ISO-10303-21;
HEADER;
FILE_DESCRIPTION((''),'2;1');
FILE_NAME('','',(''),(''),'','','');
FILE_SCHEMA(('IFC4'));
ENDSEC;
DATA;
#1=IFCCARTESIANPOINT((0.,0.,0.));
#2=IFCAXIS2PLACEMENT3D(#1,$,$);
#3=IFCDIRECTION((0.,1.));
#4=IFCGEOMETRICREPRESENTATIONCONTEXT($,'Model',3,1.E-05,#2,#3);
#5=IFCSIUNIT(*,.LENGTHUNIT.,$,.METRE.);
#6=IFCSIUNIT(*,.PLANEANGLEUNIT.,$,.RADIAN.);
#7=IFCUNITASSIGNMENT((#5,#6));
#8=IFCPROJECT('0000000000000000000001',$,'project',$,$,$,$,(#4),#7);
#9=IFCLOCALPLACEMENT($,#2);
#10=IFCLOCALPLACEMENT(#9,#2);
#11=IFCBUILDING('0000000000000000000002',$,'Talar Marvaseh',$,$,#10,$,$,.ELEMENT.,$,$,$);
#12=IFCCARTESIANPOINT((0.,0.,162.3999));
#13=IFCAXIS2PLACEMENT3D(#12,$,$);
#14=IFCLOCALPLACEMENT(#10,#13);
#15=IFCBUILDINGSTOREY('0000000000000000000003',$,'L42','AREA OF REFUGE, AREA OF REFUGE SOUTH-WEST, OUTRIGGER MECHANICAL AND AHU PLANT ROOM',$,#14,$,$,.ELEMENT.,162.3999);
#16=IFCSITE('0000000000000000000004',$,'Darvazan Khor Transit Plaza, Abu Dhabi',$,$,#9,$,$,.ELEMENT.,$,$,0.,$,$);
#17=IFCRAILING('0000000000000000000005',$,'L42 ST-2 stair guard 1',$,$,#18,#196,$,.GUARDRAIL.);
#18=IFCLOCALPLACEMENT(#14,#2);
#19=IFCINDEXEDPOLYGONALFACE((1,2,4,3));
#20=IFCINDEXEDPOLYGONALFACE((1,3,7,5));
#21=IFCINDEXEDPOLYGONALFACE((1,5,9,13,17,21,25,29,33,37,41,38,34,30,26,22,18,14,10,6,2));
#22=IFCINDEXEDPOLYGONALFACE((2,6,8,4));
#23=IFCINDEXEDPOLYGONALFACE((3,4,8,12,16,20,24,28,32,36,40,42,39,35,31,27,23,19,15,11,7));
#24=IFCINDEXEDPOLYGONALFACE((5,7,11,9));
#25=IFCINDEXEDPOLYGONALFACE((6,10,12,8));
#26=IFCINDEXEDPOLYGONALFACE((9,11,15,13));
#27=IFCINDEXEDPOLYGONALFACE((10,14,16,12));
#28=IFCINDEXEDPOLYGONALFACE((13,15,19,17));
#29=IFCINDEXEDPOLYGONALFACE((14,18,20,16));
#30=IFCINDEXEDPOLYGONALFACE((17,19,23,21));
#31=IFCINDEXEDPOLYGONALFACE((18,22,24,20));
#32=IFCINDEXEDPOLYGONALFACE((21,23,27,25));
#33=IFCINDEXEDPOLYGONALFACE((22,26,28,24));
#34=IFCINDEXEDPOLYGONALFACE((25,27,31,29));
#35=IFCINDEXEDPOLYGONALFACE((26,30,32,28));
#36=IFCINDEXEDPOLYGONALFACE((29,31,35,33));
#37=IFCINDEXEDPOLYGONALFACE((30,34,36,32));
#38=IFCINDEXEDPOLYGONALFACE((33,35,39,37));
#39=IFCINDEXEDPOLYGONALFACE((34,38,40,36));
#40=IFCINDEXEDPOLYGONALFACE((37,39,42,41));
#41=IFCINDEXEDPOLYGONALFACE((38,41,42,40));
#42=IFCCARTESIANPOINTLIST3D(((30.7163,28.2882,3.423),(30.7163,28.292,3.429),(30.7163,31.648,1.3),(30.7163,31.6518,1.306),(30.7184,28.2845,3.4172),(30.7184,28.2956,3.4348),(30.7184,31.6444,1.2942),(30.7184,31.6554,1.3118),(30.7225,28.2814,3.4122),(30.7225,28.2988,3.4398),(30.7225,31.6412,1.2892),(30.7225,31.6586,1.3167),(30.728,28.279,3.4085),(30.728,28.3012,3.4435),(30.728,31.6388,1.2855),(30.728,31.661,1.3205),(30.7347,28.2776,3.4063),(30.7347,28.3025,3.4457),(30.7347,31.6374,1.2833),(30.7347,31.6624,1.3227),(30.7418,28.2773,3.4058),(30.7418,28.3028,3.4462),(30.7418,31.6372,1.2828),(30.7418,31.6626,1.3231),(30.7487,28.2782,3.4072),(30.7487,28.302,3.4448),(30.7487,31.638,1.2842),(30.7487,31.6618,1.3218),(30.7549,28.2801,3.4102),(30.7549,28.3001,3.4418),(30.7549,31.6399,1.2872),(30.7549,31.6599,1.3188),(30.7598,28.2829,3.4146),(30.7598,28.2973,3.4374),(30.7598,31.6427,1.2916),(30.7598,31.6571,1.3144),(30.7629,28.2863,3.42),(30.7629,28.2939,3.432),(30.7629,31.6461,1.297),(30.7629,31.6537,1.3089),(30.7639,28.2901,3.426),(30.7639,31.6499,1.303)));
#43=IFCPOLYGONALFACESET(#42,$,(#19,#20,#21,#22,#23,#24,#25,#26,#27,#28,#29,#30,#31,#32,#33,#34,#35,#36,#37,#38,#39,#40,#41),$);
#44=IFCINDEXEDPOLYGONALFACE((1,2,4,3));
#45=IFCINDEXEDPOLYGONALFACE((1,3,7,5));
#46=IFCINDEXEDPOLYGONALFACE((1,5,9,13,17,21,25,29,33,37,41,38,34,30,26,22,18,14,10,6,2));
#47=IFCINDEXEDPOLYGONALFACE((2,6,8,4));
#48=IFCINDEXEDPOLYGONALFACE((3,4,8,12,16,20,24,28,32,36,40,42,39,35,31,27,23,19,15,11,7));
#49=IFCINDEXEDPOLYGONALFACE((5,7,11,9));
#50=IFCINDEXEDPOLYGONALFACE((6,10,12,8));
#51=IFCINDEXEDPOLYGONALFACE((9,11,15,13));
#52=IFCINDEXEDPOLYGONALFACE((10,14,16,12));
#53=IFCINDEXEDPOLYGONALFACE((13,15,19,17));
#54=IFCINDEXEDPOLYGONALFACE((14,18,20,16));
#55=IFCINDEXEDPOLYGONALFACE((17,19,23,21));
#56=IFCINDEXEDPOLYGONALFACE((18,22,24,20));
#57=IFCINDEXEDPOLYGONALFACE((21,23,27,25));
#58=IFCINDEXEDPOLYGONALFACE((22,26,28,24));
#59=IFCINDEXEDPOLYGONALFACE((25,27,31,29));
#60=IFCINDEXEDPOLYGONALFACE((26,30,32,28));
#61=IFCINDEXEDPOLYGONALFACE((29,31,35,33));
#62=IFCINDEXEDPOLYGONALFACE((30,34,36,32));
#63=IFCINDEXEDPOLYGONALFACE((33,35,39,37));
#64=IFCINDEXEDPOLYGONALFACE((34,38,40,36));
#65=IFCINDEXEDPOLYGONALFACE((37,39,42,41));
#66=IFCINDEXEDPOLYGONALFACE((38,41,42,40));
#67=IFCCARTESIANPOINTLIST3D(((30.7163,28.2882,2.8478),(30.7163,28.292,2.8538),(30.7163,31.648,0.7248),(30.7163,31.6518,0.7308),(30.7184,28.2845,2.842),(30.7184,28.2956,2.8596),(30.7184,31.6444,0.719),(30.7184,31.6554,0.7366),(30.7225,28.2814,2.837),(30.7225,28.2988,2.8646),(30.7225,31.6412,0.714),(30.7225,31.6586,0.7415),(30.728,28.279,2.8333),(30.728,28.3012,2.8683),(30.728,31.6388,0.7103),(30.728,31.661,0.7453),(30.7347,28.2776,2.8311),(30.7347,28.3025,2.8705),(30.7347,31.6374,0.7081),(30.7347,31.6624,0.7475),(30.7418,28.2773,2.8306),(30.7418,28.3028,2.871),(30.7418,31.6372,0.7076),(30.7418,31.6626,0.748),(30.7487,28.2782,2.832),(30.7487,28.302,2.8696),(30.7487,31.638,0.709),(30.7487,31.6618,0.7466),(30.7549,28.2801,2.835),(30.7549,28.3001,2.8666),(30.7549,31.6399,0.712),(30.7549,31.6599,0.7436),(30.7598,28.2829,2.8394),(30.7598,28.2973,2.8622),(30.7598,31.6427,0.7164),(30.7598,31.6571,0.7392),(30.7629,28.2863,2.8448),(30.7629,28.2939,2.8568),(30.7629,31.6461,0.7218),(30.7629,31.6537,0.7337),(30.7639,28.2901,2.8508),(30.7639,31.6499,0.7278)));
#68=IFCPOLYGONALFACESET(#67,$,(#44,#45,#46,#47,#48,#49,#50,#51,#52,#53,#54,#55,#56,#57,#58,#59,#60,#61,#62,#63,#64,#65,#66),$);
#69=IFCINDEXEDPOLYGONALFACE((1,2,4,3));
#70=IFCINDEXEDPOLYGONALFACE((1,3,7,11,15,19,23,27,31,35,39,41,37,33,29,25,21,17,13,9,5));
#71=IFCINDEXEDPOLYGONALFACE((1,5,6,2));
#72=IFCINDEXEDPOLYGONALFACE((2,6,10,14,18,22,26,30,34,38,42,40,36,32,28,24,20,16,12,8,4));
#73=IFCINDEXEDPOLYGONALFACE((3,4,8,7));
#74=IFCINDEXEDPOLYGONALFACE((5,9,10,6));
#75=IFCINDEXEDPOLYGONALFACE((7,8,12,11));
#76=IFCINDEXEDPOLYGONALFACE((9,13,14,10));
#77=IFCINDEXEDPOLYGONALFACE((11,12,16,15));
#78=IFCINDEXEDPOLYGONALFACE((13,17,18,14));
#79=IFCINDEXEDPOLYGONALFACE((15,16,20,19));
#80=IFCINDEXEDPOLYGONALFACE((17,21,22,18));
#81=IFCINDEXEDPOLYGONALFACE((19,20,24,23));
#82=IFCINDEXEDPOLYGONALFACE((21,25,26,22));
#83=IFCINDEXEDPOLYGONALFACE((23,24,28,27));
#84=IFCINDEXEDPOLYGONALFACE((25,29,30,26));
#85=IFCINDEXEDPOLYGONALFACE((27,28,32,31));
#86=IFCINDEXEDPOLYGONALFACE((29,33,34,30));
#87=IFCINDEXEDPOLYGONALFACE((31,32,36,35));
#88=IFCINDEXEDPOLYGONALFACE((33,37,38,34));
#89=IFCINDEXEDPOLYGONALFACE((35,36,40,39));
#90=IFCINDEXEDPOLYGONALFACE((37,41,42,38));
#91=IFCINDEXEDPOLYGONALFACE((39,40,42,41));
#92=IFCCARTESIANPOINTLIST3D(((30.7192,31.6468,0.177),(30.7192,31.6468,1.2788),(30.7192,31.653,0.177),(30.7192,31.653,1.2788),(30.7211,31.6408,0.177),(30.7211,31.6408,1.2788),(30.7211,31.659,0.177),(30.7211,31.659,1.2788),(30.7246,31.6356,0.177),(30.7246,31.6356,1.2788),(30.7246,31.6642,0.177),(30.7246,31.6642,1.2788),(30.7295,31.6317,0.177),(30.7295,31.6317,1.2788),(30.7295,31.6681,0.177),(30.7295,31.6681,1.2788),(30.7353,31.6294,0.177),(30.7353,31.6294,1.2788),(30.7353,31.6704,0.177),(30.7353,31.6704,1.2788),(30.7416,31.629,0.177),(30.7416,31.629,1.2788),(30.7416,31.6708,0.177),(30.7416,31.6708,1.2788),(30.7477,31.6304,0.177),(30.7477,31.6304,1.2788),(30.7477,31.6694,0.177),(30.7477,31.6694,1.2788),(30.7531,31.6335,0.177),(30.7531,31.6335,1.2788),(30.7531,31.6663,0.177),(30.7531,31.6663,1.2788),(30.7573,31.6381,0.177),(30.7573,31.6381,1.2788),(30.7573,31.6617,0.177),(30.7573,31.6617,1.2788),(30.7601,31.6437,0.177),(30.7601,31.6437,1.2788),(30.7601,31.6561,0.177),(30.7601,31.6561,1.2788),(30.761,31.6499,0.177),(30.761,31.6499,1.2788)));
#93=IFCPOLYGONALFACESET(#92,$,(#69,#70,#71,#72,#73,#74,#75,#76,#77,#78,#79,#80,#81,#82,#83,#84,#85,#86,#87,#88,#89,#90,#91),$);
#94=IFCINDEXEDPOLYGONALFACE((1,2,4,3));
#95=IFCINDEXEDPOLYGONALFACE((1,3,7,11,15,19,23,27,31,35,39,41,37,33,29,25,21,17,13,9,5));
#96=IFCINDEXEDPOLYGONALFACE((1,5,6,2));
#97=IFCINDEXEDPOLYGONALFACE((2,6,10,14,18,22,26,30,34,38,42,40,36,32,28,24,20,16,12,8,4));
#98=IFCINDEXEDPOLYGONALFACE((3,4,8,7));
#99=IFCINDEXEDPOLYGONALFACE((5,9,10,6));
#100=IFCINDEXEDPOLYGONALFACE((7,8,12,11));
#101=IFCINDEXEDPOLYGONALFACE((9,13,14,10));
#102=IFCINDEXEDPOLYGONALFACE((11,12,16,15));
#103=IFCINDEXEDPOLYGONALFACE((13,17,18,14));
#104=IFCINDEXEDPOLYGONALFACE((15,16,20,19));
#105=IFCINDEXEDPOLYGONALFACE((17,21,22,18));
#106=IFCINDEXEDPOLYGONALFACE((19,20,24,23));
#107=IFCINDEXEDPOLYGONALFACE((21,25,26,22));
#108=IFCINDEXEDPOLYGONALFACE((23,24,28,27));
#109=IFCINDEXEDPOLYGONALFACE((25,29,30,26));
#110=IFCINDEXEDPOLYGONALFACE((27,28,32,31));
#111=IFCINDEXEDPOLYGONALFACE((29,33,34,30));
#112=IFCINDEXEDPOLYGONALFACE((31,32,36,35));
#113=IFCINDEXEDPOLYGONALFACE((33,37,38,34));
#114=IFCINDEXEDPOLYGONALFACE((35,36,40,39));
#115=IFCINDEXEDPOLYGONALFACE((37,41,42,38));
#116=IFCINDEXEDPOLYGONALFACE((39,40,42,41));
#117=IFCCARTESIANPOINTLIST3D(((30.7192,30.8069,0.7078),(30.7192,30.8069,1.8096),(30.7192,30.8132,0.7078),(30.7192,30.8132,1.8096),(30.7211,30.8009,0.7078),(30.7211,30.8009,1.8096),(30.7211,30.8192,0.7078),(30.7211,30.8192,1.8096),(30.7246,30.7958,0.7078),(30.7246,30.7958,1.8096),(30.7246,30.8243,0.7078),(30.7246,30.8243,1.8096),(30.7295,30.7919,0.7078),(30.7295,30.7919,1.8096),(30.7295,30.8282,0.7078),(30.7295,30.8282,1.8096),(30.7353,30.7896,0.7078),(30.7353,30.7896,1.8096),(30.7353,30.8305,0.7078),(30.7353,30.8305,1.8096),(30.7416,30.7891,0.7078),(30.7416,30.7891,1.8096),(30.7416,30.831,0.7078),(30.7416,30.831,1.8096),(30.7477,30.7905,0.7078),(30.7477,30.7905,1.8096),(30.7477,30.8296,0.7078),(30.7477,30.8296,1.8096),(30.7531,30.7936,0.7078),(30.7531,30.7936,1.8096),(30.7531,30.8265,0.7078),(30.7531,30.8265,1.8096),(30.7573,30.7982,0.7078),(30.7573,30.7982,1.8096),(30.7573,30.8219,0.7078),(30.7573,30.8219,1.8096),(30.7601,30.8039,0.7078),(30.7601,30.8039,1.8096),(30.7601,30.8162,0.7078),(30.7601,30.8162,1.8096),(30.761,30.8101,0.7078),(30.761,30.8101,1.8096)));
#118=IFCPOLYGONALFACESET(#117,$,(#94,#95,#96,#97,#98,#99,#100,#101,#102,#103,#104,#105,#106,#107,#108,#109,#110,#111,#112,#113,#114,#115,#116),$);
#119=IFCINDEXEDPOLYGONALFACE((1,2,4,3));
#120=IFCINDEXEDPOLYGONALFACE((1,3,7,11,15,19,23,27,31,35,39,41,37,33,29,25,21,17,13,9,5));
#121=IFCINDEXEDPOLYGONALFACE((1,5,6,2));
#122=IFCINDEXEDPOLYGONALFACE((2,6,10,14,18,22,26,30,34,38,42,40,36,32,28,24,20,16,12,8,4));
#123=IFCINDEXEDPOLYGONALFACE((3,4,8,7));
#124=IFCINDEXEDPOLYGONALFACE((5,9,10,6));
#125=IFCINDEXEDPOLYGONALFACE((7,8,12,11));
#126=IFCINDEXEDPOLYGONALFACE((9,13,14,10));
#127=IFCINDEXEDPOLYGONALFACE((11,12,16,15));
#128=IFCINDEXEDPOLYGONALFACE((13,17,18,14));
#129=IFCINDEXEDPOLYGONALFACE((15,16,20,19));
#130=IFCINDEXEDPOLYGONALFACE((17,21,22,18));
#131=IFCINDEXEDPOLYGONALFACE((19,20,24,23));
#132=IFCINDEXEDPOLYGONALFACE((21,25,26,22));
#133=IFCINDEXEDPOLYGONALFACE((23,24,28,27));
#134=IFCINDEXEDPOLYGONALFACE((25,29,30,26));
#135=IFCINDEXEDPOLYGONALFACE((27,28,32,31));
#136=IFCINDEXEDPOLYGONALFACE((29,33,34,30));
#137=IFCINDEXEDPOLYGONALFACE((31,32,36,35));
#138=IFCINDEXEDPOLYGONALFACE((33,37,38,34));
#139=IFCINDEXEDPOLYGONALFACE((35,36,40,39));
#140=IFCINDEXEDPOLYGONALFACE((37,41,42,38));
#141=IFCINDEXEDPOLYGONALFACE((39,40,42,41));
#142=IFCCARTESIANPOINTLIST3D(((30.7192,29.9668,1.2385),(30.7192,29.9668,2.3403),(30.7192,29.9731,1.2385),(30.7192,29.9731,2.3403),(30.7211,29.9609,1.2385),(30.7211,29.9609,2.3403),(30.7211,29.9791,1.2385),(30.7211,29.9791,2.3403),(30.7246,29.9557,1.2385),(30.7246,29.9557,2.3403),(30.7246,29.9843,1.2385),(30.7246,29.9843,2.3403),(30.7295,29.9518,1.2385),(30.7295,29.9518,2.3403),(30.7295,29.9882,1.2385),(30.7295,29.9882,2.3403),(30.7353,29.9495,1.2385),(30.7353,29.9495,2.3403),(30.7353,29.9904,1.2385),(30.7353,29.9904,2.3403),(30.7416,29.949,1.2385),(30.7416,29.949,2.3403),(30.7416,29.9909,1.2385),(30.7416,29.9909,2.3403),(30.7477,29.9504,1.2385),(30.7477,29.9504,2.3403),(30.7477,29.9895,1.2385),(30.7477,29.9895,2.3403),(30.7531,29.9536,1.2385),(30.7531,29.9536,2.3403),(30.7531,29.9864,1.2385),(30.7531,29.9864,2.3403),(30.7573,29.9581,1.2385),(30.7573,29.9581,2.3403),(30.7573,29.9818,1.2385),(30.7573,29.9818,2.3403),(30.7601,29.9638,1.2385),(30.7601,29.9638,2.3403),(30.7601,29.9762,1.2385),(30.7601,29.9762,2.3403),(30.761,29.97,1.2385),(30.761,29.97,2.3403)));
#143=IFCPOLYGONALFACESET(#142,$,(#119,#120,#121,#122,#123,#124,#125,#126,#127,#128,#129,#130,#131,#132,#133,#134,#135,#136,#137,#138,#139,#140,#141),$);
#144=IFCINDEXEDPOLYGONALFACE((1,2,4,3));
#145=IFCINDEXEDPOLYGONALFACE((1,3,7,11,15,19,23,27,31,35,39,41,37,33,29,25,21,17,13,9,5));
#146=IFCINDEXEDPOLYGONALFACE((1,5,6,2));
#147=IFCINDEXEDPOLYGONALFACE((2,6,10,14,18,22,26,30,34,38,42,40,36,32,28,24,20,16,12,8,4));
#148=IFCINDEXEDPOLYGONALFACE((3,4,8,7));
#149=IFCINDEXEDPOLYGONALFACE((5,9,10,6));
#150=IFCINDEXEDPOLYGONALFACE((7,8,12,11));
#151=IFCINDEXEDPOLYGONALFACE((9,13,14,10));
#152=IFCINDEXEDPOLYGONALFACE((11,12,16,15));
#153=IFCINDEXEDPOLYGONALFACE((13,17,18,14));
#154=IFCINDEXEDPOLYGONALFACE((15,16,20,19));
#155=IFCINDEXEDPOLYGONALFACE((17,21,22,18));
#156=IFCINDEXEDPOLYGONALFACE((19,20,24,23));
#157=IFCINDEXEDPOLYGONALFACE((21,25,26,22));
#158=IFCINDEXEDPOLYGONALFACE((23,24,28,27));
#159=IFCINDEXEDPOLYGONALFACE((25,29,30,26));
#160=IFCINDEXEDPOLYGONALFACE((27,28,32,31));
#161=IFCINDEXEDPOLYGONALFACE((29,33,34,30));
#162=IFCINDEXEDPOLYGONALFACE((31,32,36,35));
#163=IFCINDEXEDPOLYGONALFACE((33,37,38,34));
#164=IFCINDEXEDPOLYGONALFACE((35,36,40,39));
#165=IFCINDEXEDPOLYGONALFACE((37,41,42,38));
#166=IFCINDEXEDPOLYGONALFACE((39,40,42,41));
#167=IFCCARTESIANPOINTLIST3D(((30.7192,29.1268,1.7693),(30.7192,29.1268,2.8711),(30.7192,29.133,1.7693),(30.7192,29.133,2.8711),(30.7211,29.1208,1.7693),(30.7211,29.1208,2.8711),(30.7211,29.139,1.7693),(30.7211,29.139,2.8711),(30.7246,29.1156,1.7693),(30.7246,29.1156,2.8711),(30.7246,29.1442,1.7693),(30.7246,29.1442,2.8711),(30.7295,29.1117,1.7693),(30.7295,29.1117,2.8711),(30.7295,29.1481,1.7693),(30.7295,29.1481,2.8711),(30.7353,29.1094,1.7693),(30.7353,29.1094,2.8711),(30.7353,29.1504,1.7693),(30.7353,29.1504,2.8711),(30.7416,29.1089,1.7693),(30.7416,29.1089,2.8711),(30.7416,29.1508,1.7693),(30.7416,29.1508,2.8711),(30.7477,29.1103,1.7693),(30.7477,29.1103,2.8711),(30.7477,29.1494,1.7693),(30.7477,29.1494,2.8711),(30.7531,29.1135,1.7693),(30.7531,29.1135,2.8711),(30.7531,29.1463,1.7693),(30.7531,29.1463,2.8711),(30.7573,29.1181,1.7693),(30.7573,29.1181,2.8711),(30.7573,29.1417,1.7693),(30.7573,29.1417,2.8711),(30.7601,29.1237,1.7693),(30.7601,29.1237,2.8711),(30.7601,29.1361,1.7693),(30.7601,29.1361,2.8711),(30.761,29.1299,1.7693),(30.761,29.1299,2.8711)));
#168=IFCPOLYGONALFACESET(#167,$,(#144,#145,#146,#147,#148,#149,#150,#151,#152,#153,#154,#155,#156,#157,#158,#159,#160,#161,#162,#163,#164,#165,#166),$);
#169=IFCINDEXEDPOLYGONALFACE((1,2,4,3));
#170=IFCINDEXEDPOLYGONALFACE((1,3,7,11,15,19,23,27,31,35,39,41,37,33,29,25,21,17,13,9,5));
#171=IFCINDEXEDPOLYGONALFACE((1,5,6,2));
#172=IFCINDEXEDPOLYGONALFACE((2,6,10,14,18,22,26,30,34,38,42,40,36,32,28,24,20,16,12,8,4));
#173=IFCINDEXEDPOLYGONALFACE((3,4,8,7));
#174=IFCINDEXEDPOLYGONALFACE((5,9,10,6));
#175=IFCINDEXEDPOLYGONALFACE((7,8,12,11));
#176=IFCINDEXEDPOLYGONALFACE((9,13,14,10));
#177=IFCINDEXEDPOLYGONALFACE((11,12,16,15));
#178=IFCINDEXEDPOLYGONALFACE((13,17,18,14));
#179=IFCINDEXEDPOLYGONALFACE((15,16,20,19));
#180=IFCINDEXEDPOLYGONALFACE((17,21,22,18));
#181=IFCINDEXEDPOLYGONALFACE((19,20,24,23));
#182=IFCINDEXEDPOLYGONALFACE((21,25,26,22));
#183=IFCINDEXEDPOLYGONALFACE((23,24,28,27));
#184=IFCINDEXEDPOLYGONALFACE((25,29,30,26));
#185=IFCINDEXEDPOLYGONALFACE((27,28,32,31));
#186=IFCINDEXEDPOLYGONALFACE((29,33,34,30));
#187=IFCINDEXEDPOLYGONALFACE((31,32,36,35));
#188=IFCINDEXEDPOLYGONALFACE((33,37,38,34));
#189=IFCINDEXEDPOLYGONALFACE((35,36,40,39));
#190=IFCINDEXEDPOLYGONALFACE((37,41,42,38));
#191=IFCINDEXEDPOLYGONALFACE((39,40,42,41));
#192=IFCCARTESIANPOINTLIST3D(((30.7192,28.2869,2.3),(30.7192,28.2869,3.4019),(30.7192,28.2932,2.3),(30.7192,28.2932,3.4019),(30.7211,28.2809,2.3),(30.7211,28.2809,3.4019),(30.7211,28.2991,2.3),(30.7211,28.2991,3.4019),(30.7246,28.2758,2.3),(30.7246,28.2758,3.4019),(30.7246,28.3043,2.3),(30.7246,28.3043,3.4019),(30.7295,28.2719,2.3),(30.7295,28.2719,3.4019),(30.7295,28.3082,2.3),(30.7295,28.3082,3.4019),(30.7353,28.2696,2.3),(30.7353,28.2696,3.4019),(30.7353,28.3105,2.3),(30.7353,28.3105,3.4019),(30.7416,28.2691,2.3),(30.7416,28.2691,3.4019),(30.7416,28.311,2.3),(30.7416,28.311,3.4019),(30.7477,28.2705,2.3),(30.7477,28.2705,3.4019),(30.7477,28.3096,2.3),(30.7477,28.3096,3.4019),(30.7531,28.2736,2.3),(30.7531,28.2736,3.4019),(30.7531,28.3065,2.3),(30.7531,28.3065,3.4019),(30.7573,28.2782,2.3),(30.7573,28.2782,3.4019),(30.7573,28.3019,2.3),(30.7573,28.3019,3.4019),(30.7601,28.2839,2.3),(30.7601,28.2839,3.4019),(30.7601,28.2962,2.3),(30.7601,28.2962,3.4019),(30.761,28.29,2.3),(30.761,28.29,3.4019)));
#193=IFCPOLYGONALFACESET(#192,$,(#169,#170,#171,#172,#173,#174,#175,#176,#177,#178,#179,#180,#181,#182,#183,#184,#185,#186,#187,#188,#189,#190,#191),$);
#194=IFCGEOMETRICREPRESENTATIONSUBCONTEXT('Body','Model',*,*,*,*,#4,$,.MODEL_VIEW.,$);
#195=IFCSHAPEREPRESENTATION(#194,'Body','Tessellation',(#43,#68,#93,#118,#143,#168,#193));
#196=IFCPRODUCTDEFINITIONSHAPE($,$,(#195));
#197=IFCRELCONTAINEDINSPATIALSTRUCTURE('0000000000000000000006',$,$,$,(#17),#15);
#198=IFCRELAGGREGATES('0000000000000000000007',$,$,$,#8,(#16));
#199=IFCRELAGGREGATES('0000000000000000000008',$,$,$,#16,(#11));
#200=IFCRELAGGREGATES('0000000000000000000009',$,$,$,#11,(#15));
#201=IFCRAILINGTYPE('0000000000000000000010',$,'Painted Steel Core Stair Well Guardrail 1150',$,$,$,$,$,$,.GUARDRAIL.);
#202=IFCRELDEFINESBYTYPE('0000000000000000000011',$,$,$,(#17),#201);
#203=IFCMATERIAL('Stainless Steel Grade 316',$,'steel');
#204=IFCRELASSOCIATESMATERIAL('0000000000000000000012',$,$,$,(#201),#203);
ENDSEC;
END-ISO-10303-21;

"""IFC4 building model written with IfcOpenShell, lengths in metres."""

from ifc_helpers import new_model, si_unit, direction, frame, origin, origin_2d, place, context, subcontext, project, spatial, circle, extrude, material, type_object, element, save


model = new_model("IFC4")

# Units and contexts
model_context = context("Model", 3, precision=1e-05, world=origin(), true_north=direction((0.0, 1.0)))
body_context = subcontext(model_context, "Body", "Model", "MODEL_VIEW")
ifc_project = project(units=[si_unit("LENGTHUNIT", "METRE"), si_unit("PLANEANGLEUNIT", "RADIAN")], contexts=[model_context])

# Site, building, storey
site_placement = place(None, origin())
site = spatial("IfcSite", under=ifc_project, at=site_placement, Name="Darvazan Khor Transit Plaza, Abu Dhabi", CompositionType="ELEMENT", RefElevation=0.0)
building_placement = place(site_placement, origin())
building = spatial("IfcBuilding", under=site, at=building_placement, Name="Talar Marvaseh", CompositionType="ELEMENT")
storey_placement = place(building_placement, frame((0.0, 0.0, 162.3999)))
storey = spatial("IfcBuildingStorey", under=building, at=storey_placement, Name="L42", Description="AREA OF REFUGE, AREA OF REFUGE SOUTH-WEST, OUTRIGGER MECHANICAL AND AHU PLANT ROOM", CompositionType="ELEMENT", Elevation=162.3999)

# Railing
ifc_material_1 = material(Name="Stainless Steel Grade 316", Category="steel")
railing_type_1 = type_object("IfcRailingType", Name="Painted Steel Core Stair Well Guardrail 1150", PredefinedType="GUARDRAIL", material=ifc_material_1)
railing_1_placement = place(storey_placement, frame((30.74, 31.6499, 0.177)))
element("IfcRailing", 1, at=railing_1_placement, inside=storey, type_object=railing_type_1, Name="L42 ST-2 stair guard 1", PredefinedType="GUARDRAIL", context=body_context, shape_type="SweptSolid", body=[
    extrude(circle(Radius=0.0239, at=origin_2d()), frame((0.0, 0.0, 1.126), z_axis=(0.0, -0.845372, 0.534178), x_axis=(1.0, 0.0, 0.0)), (0.0, 0.0, 1.0), 3.9744),
    extrude(circle(Radius=0.0239, at=origin_2d()), frame((0.0, 0.0, 0.5508), z_axis=(0.0, -0.845372, 0.534178), x_axis=(1.0, 0.0, 0.0)), (0.0, 0.0, 1.0), 3.9744),
    extrude(circle(Radius=0.021, at=origin_2d()), origin(), (0.0, 0.0, 1.0), 1.1018),
    extrude(circle(Radius=0.021, at=origin_2d()), frame((0.0, -0.8398, 0.5308)), (0.0, 0.0, 1.0), 1.1018),
    extrude(circle(Radius=0.021, at=origin_2d()), frame((0.0, -1.6799, 1.0615)), (0.0, 0.0, 1.0), 1.1018),
    extrude(circle(Radius=0.021, at=origin_2d()), frame((0.0, -2.52, 1.5923)), (0.0, 0.0, 1.0), 1.1018),
    extrude(circle(Radius=0.021, at=origin_2d()), frame((0.0, -3.3599, 2.123)), (0.0, 0.0, 1.0), 1.1018),
])

save(model, "model.ifc")
